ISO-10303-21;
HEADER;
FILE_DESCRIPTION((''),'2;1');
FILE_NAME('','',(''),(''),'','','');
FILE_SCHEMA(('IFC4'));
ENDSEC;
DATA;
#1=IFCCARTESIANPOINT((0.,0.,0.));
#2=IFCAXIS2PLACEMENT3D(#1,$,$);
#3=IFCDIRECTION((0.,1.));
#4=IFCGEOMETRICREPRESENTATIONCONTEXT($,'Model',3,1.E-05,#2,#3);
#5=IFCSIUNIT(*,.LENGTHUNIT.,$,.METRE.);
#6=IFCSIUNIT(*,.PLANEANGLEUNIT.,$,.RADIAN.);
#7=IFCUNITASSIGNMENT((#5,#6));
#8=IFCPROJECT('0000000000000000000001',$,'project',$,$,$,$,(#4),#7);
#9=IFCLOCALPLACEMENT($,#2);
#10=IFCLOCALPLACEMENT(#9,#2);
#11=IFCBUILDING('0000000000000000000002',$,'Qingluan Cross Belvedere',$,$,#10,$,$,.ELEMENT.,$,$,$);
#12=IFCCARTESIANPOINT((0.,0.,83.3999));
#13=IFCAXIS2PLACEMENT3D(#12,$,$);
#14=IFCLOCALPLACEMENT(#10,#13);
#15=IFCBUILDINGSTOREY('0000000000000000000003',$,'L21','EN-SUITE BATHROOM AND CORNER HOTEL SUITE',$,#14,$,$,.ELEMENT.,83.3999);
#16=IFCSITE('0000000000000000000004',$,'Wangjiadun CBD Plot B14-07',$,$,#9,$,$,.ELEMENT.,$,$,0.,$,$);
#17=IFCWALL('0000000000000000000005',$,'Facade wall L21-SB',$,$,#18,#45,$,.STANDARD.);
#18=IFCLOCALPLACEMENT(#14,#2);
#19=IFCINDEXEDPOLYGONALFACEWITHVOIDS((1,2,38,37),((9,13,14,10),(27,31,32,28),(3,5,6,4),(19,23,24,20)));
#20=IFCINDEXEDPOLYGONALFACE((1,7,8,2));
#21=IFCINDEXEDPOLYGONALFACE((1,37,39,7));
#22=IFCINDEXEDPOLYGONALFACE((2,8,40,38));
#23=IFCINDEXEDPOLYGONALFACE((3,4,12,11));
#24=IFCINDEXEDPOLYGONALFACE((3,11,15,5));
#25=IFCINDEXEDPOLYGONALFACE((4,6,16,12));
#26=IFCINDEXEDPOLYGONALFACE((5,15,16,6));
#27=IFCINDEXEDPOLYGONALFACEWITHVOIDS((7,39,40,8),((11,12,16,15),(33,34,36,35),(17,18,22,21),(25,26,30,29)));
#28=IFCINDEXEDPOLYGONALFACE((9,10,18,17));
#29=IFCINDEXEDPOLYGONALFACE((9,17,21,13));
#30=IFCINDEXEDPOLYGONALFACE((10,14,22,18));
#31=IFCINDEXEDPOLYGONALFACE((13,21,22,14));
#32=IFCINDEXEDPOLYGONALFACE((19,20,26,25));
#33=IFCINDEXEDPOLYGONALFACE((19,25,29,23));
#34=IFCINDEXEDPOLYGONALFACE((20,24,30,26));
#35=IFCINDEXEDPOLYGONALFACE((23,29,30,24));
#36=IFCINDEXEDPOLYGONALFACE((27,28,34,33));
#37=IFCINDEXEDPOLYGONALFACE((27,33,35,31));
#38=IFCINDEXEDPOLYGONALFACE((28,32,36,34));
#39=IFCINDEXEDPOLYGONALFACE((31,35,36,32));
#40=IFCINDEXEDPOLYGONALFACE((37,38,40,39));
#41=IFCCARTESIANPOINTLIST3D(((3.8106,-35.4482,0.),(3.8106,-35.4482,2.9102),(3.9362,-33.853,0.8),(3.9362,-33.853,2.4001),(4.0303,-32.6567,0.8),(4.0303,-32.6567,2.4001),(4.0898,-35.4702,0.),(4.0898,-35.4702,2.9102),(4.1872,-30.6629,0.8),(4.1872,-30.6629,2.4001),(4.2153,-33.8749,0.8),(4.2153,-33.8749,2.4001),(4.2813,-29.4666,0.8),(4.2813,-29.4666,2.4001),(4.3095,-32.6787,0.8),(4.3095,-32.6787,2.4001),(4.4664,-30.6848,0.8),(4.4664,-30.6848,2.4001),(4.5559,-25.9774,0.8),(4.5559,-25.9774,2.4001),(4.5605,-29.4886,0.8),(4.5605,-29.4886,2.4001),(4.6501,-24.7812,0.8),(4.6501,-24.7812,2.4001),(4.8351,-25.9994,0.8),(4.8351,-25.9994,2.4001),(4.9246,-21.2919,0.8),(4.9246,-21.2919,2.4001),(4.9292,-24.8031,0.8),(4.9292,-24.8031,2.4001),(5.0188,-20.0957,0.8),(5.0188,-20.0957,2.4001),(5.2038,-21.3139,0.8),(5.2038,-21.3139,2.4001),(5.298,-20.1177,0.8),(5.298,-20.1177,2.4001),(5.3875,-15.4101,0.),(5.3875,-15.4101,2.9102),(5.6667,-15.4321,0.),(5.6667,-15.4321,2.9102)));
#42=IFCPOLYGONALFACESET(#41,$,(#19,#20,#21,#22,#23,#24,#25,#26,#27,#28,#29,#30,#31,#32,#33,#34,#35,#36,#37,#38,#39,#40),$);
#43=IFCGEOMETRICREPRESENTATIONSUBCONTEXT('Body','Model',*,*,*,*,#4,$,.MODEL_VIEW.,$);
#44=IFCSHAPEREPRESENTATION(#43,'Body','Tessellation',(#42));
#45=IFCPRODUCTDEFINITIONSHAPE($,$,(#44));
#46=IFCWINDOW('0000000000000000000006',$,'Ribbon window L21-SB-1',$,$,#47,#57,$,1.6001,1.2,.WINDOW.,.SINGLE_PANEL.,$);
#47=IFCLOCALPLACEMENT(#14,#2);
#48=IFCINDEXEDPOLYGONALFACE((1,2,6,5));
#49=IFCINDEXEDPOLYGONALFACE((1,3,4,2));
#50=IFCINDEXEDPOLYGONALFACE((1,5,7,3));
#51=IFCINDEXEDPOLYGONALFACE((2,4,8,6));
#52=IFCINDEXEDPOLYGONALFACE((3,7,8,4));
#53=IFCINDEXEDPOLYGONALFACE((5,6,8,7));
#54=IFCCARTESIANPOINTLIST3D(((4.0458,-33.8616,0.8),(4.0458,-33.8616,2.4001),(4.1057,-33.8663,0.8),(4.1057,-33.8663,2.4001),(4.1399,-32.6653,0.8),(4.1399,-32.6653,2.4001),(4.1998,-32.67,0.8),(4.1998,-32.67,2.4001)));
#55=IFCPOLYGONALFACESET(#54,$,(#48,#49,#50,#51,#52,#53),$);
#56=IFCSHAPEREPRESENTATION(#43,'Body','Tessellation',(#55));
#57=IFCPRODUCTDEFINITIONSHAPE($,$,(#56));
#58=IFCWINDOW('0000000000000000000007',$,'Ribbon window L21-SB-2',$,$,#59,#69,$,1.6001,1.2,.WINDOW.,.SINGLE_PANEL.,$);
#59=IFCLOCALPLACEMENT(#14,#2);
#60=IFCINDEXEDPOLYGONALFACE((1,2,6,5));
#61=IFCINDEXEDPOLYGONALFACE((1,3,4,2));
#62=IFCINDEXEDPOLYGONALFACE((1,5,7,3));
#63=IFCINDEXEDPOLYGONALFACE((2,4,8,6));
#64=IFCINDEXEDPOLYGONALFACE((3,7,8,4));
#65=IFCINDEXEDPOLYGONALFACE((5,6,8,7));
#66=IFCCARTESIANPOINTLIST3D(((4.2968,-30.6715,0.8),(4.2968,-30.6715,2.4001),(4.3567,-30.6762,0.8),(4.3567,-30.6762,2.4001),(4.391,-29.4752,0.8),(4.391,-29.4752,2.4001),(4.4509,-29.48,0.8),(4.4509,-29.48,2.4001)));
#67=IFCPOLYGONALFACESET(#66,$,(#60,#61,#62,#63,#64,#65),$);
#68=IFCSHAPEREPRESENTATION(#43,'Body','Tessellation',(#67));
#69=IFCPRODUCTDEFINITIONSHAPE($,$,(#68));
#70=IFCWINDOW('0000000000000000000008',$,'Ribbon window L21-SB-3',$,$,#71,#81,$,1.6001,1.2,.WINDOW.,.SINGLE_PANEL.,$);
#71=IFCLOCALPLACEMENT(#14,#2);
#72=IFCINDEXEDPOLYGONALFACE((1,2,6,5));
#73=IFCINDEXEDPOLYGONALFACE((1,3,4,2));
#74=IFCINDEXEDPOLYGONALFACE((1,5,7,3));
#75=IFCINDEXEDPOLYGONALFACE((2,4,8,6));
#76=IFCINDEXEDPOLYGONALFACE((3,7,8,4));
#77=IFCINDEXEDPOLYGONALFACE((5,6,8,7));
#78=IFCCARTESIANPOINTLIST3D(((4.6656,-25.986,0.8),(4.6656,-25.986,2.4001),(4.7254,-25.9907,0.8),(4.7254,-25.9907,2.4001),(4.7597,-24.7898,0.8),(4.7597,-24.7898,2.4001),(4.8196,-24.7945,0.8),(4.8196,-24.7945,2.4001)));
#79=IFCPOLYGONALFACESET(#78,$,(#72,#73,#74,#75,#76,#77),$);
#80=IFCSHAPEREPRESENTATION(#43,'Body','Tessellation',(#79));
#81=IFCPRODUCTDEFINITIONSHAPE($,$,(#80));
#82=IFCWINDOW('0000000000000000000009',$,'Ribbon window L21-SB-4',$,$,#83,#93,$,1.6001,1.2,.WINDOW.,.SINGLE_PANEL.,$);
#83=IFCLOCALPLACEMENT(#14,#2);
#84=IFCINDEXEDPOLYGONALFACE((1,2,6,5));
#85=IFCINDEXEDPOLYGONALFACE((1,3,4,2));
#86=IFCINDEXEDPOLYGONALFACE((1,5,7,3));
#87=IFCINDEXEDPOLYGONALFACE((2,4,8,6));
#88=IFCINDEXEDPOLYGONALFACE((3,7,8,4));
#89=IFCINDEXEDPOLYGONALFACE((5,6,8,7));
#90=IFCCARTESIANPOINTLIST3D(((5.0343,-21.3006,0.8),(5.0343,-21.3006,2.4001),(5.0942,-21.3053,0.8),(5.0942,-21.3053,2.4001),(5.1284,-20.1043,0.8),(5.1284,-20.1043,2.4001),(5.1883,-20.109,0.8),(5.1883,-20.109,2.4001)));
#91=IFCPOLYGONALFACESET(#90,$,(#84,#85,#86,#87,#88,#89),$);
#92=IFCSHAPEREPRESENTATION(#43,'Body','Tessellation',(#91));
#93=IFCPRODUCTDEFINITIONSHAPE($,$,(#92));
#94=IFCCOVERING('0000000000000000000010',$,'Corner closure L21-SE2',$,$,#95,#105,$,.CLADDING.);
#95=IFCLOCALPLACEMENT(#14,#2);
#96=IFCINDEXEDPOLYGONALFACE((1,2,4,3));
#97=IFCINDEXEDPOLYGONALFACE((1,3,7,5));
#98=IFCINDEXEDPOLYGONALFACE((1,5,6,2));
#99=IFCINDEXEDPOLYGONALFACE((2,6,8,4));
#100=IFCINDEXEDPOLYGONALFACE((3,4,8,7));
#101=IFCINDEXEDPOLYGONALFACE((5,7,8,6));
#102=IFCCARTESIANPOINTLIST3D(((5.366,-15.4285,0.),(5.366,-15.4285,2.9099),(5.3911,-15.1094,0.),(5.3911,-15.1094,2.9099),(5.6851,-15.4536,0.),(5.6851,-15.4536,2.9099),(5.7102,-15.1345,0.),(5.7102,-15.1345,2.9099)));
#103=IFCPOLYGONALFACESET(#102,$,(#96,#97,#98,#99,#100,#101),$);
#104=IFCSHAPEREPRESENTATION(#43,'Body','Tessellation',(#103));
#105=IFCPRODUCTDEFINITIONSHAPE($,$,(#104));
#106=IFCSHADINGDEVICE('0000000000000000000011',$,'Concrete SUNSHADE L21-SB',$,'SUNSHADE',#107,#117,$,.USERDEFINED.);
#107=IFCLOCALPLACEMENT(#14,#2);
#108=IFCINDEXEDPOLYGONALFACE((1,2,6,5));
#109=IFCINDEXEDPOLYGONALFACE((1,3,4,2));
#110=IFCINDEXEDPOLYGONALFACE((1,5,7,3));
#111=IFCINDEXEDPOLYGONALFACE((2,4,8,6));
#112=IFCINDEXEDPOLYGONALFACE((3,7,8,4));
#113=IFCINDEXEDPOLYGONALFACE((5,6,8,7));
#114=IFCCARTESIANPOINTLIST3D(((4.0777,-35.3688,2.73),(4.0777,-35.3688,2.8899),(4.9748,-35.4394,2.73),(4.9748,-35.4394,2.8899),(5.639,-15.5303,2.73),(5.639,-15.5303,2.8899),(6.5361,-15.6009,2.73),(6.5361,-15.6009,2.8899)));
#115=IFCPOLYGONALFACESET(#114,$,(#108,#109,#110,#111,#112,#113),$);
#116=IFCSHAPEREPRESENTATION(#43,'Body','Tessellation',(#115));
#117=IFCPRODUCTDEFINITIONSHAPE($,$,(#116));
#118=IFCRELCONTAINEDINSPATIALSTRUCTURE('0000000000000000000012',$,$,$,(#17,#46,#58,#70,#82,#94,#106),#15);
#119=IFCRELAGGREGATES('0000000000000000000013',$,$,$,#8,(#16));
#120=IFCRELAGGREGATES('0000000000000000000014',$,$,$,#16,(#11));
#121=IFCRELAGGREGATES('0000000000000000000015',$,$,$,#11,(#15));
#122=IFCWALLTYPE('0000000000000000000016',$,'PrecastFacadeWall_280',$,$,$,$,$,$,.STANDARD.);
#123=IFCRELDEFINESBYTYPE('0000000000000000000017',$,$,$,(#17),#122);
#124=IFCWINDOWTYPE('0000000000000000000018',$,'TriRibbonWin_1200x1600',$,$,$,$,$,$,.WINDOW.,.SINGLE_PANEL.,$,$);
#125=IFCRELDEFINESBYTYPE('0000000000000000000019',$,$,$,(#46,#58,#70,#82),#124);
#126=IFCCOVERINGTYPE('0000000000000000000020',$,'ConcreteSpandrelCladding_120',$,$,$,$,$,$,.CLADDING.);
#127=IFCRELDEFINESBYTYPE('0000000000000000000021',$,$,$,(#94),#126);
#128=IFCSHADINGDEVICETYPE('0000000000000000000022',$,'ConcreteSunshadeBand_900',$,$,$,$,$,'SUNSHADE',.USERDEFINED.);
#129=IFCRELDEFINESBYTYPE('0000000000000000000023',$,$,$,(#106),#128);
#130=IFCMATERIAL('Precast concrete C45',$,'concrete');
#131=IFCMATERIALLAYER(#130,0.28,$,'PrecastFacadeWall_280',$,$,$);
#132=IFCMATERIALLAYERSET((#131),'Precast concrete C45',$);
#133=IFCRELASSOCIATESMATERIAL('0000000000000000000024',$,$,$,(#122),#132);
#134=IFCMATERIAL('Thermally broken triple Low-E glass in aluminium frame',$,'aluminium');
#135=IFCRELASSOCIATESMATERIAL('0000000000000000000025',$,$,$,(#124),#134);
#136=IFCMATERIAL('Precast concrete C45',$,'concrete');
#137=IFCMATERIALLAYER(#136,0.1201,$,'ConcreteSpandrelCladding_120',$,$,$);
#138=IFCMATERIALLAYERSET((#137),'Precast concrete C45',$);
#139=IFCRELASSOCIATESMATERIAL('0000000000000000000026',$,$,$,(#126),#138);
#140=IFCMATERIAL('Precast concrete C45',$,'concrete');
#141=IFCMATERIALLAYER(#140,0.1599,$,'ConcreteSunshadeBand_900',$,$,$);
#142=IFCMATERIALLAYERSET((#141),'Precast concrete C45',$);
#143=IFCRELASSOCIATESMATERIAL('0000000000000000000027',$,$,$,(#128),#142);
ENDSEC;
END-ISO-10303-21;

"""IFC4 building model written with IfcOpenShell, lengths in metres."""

from ifc_helpers import new_model, si_unit, direction, frame, frame_2d, origin, origin_2d, place, context, subcontext, project, spatial, rectangle, extrude, material, layer, layer_set, type_object, element, fill, save


model = new_model("IFC4")

# Units and contexts
model_context = context("Model", 3, precision=1e-05, world=origin(), true_north=direction((0.0, 1.0)))
body_context = subcontext(model_context, "Body", "Model", "MODEL_VIEW")
ifc_project = project(units=[si_unit("LENGTHUNIT", "METRE"), si_unit("PLANEANGLEUNIT", "RADIAN")], contexts=[model_context])

# Site, building, storey
site_placement = place(None, origin())
site = spatial("IfcSite", under=ifc_project, at=site_placement, Name="Wangjiadun CBD Plot B14-07", CompositionType="ELEMENT", RefElevation=0.0)
building_placement = place(site_placement, origin())
building = spatial("IfcBuilding", under=site, at=building_placement, Name="Qingluan Cross Belvedere", CompositionType="ELEMENT")
storey_placement = place(building_placement, frame((0.0, 0.0, 83.3999)))
storey = spatial("IfcBuildingStorey", under=building, at=storey_placement, Name="L21", Description="EN-SUITE BATHROOM AND CORNER HOTEL SUITE", CompositionType="ELEMENT", Elevation=83.3999)

# Wall, openings, windows
ifc_material_1 = material(Name="Precast concrete C45", Category="concrete")
ifc_layer_1 = layer(ifc_material_1, 0.28, Name="PrecastFacadeWall_280")
ifc_layer_set_1 = layer_set([ifc_layer_1], Name="Precast concrete C45")
wall_type_1 = type_object("IfcWallType", Name="PrecastFacadeWall_280", PredefinedType="STANDARD", material=ifc_layer_set_1)
wall_1_placement = place(storey_placement, frame((3.9502, -35.4592, 0.0), z_axis=(0.0, 0.0, 1.0), x_axis=(0.078453, 0.996918, 0.0)))
wall_1 = element("IfcWall", 1, at=wall_1_placement, inside=storey, type_object=wall_type_1, Name="Facade wall L21-SB", PredefinedType="STANDARD", context=body_context, shape_type="SweptSolid", body=[
    extrude(rectangle(XDim=20.1001, YDim=0.28, at=frame_2d((10.05, 0.0))), origin(), (0.0, 0.0, 1.0), 2.9102),
])
opening_1_placement = place(wall_1_placement, frame((1.6001, 0.0, 0.8)))
opening_1 = element("IfcOpeningElement", 2, at=opening_1_placement, cuts=wall_1, PredefinedType="OPENING", context=body_context, shape_type="SweptSolid", body=[
    extrude(rectangle(XDim=1.2, YDim=1.6001, at=frame_2d((0.6001, 0.8))), frame((0.0, 0.1499, 0.0), z_axis=(0.0, -1.0, 0.0), x_axis=(1.0, 0.0, 0.0)), (0.0, 0.0, 1.0), 0.3),
])
opening_2_placement = place(wall_1_placement, frame((4.8, 0.0, 0.8)))
opening_2 = element("IfcOpeningElement", 3, at=opening_2_placement, cuts=wall_1, PredefinedType="OPENING", context=body_context, shape_type="SweptSolid", body=[
    extrude(rectangle(XDim=1.2, YDim=1.6001, at=frame_2d((0.6001, 0.8))), frame((0.0, 0.1499, 0.0), z_axis=(0.0, -1.0, 0.0), x_axis=(1.0, 0.0, 0.0)), (0.0, 0.0, 1.0), 0.3),
])
opening_3_placement = place(wall_1_placement, frame((9.5, 0.0, 0.8)))
opening_3 = element("IfcOpeningElement", 4, at=opening_3_placement, cuts=wall_1, PredefinedType="OPENING", context=body_context, shape_type="SweptSolid", body=[
    extrude(rectangle(XDim=1.2, YDim=1.6001, at=frame_2d((0.6001, 0.8))), frame((0.0, 0.1499, 0.0), z_axis=(0.0, -1.0, 0.0), x_axis=(1.0, 0.0, 0.0)), (0.0, 0.0, 1.0), 0.3),
])
opening_4_placement = place(wall_1_placement, frame((14.2, 0.0, 0.8)))
opening_4 = element("IfcOpeningElement", 5, at=opening_4_placement, cuts=wall_1, PredefinedType="OPENING", context=body_context, shape_type="SweptSolid", body=[
    extrude(rectangle(XDim=1.2, YDim=1.6001, at=frame_2d((0.6001, 0.8))), frame((0.0, 0.1499, 0.0), z_axis=(0.0, -1.0, 0.0), x_axis=(1.0, 0.0, 0.0)), (0.0, 0.0, 1.0), 0.3),
])
ifc_material_2 = material(Name="Thermally broken triple Low-E glass in aluminium frame", Category="aluminium")
window_type = type_object("IfcWindowType", Name="TriRibbonWin_1200x1600", PartitioningType="SINGLE_PANEL", PredefinedType="WINDOW", material=ifc_material_2)
window_1_placement = place(opening_1_placement, origin())
window_1 = element("IfcWindow", 6, at=window_1_placement, inside=storey, type_object=window_type, Name="Ribbon window L21-SB-1", OverallHeight=1.6001, OverallWidth=1.2, PartitioningType="SINGLE_PANEL", PredefinedType="WINDOW", context=body_context, shape_type="SweptSolid", body=[
    extrude(rectangle(XDim=1.2, YDim=1.6001, at=frame_2d((0.6001, 0.8))), frame((0.0, 0.03, 0.0), z_axis=(0.0, -1.0, 0.0), x_axis=(1.0, 0.0, 0.0)), (0.0, 0.0, 1.0), 0.0601),
])
fill(opening_1, window_1)
window_2_placement = place(opening_2_placement, origin())
window_2 = element("IfcWindow", 7, at=window_2_placement, inside=storey, type_object=window_type, Name="Ribbon window L21-SB-2", OverallHeight=1.6001, OverallWidth=1.2, PartitioningType="SINGLE_PANEL", PredefinedType="WINDOW", context=body_context, shape_type="SweptSolid", body=[
    extrude(rectangle(XDim=1.2, YDim=1.6001, at=frame_2d((0.6001, 0.8))), frame((0.0, 0.03, 0.0), z_axis=(0.0, -1.0, 0.0), x_axis=(1.0, 0.0, 0.0)), (0.0, 0.0, 1.0), 0.0601),
])
fill(opening_2, window_2)
window_3_placement = place(opening_3_placement, origin())
window_3 = element("IfcWindow", 8, at=window_3_placement, inside=storey, type_object=window_type, Name="Ribbon window L21-SB-3", OverallHeight=1.6001, OverallWidth=1.2, PartitioningType="SINGLE_PANEL", PredefinedType="WINDOW", context=body_context, shape_type="SweptSolid", body=[
    extrude(rectangle(XDim=1.2, YDim=1.6001, at=frame_2d((0.6001, 0.8))), frame((0.0, 0.03, 0.0), z_axis=(0.0, -1.0, 0.0), x_axis=(1.0, 0.0, 0.0)), (0.0, 0.0, 1.0), 0.0601),
])
fill(opening_3, window_3)
window_4_placement = place(opening_4_placement, origin())
window_4 = element("IfcWindow", 9, at=window_4_placement, inside=storey, type_object=window_type, Name="Ribbon window L21-SB-4", OverallHeight=1.6001, OverallWidth=1.2, PartitioningType="SINGLE_PANEL", PredefinedType="WINDOW", context=body_context, shape_type="SweptSolid", body=[
    extrude(rectangle(XDim=1.2, YDim=1.6001, at=frame_2d((0.6001, 0.8))), frame((0.0, 0.03, 0.0), z_axis=(0.0, -1.0, 0.0), x_axis=(1.0, 0.0, 0.0)), (0.0, 0.0, 1.0), 0.0601),
])
fill(opening_4, window_4)

# Covering
ifc_material_3 = material(Name="Precast concrete C45", Category="concrete")
ifc_layer_2 = layer(ifc_material_3, 0.1201, Name="ConcreteSpandrelCladding_120")
ifc_layer_set_2 = layer_set([ifc_layer_2], Name="Precast concrete C45")
covering_type = type_object("IfcCoveringType", Name="ConcreteSpandrelCladding_120", PredefinedType="CLADDING", material=ifc_layer_set_2)
covering_placement = place(storey_placement, frame((5.5381, -15.2815, 0.0), z_axis=(0.0, 0.0, 1.0), x_axis=(0.996917, -0.078459, 0.0)))
element("IfcCovering", 10, at=covering_placement, inside=storey, type_object=covering_type, Name="Corner closure L21-SE2", PredefinedType="CLADDING", context=body_context, shape_type="SweptSolid", body=[
    extrude(rectangle(XDim=0.3201, YDim=0.3201, at=origin_2d()), origin(), (0.0, 0.0, 1.0), 2.9099),
])

# Shading device
ifc_material_4 = material(Name="Precast concrete C45", Category="concrete")
ifc_layer_3 = layer(ifc_material_4, 0.1599, Name="ConcreteSunshadeBand_900")
ifc_layer_set_3 = layer_set([ifc_layer_3], Name="Precast concrete C45")
shading_device_type = type_object("IfcShadingDeviceType", Name="ConcreteSunshadeBand_900", ElementType="SUNSHADE", PredefinedType="USERDEFINED", material=ifc_layer_set_3)
shading_device_placement = place(storey_placement, frame((5.3069, -25.4849, 2.73), z_axis=(0.0, 0.0, 1.0), x_axis=(0.078458, 0.996917, 0.0)))
element("IfcShadingDevice", 11, at=shading_device_placement, inside=storey, type_object=shading_device_type, Name="Concrete SUNSHADE L21-SB", ObjectType="SUNSHADE", PredefinedType="USERDEFINED", context=body_context, shape_type="SweptSolid", body=[
    extrude(rectangle(XDim=19.8999, YDim=0.8999, at=origin_2d()), origin(), (0.0, 0.0, 1.0), 0.1599),
])

save(model, "model.ifc")
